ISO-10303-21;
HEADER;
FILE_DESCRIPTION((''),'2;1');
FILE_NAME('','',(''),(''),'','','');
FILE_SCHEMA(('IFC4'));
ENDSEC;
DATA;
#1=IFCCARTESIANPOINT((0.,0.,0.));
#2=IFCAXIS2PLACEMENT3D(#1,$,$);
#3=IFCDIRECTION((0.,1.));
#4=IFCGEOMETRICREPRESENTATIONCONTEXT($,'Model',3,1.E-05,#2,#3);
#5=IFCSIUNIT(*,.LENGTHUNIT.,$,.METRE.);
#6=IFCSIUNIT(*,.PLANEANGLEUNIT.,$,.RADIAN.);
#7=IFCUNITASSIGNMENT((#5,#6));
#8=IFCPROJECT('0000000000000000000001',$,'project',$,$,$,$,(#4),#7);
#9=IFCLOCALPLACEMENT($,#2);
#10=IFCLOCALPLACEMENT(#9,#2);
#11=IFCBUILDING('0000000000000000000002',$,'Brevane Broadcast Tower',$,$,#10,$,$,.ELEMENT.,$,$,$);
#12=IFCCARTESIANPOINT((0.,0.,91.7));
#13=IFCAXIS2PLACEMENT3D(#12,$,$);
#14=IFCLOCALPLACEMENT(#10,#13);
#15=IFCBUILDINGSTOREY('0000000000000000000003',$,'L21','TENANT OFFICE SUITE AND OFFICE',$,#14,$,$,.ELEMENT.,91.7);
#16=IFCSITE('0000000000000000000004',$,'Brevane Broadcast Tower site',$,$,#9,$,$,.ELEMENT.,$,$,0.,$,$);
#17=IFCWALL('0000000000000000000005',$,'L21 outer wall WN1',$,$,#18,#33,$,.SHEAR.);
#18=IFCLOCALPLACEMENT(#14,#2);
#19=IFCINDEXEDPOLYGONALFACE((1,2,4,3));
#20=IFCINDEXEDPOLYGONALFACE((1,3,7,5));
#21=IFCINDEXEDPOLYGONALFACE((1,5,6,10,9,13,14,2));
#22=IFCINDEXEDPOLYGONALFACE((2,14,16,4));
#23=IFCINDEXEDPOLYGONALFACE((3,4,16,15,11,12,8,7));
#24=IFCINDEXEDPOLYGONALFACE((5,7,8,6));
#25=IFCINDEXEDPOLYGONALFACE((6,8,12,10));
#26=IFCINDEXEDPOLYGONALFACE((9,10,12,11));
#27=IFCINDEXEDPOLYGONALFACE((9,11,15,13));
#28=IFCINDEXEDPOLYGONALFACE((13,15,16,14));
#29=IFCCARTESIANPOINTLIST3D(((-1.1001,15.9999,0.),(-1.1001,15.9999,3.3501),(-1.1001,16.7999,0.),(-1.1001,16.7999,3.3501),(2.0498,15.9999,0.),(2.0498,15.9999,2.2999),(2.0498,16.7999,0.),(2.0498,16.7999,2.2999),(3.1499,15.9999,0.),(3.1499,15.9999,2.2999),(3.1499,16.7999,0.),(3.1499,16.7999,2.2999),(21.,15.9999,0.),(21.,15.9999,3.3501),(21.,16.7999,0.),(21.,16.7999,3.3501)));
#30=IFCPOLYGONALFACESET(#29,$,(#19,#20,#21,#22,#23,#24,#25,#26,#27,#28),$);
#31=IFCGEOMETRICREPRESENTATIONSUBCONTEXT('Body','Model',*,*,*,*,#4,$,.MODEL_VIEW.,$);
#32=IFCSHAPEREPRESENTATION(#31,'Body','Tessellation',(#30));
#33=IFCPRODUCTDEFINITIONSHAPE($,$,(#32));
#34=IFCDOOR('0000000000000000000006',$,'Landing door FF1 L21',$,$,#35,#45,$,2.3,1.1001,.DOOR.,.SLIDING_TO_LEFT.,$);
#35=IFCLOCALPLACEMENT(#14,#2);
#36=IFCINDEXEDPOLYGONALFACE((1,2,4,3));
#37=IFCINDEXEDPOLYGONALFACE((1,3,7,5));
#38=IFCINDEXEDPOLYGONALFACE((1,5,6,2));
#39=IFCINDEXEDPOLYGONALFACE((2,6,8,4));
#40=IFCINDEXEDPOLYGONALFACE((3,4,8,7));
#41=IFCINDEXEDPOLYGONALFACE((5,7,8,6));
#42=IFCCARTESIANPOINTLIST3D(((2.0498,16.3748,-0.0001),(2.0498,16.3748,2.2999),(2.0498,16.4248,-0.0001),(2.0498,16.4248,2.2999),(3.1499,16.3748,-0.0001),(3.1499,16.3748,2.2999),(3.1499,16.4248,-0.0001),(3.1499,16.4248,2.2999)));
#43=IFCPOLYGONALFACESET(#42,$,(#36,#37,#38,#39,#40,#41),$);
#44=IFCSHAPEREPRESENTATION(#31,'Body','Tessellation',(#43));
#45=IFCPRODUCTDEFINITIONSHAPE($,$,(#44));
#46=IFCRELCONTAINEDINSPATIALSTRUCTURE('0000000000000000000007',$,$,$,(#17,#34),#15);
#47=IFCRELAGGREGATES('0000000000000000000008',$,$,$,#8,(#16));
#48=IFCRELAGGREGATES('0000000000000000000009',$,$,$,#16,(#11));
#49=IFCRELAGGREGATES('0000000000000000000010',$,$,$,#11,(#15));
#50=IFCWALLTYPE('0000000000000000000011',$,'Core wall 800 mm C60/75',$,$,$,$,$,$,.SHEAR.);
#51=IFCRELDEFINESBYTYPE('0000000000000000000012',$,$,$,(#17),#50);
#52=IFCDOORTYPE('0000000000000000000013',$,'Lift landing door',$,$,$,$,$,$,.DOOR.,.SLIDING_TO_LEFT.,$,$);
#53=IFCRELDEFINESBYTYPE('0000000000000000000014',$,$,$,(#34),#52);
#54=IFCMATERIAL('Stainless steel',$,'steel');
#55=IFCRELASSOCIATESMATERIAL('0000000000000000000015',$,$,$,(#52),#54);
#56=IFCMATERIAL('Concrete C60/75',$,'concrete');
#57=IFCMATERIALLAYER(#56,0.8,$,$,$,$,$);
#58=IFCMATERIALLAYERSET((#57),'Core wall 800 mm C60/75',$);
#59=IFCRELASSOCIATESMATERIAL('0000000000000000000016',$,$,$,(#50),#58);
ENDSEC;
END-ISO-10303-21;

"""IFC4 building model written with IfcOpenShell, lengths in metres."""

from ifc_helpers import new_model, si_unit, direction, frame, frame_2d, origin, place, context, subcontext, project, spatial, rectangle, extrude, material, layer, layer_set, type_object, element, fill, save


model = new_model("IFC4")

# Units and contexts
model_context = context("Model", 3, precision=1e-05, world=origin(), true_north=direction((0.0, 1.0)))
body_context = subcontext(model_context, "Body", "Model", "MODEL_VIEW")
ifc_project = project(units=[si_unit("LENGTHUNIT", "METRE"), si_unit("PLANEANGLEUNIT", "RADIAN")], contexts=[model_context])

# Site, building, storey
site_placement = place(None, origin())
site = spatial("IfcSite", under=ifc_project, at=site_placement, Name="Brevane Broadcast Tower site", CompositionType="ELEMENT", RefElevation=0.0)
building_placement = place(site_placement, origin())
building = spatial("IfcBuilding", under=site, at=building_placement, Name="Brevane Broadcast Tower", CompositionType="ELEMENT")
storey_placement = place(building_placement, frame((0.0, 0.0, 91.7)))
storey = spatial("IfcBuildingStorey", under=building, at=storey_placement, Name="L21", Description="TENANT OFFICE SUITE AND OFFICE", CompositionType="ELEMENT", Elevation=91.7)

# Shared definitions
ifc_material_1 = material(Name="Concrete C60/75", Category="concrete")
ifc_material_2 = material(Name="Stainless steel", Category="steel")
door_type = type_object("IfcDoorType", Name="Lift landing door", OperationType="SLIDING_TO_LEFT", PredefinedType="DOOR", material=ifc_material_2)

# Wall, opening, door
ifc_layer_1 = layer(ifc_material_1, 0.8)
ifc_layer_set_1 = layer_set([ifc_layer_1], Name="Core wall 800 mm C60/75")
wall_type_1 = type_object("IfcWallType", Name="Core wall 800 mm C60/75", PredefinedType="SHEAR", material=ifc_layer_set_1)
wall_1_placement = place(storey_placement, frame((-1.1001, 16.3999, 0.0), z_axis=(0.0, 0.0, 1.0), x_axis=(1.0, 0.0, 0.0)))
wall_1 = element("IfcWall", 1, at=wall_1_placement, inside=storey, type_object=wall_type_1, Name="L21 outer wall WN1", PredefinedType="SHEAR", context=body_context, shape_type="SweptSolid", body=[
    extrude(rectangle(XDim=22.1001, YDim=0.8, at=frame_2d((11.05, 0.0))), origin(), (0.0, 0.0, 1.0), 3.3501),
])
opening_1_placement = place(wall_1_placement, frame((3.1499, 0.0, 0.0)))
opening_1 = element("IfcOpeningElement", 2, at=opening_1_placement, cuts=wall_1, PredefinedType="OPENING", context=body_context, shape_type="SweptSolid", body=[
    extrude(rectangle(XDim=1.1001, YDim=2.3, at=frame_2d((0.55, 1.1499))), frame((0.0, 0.4099, 0.0), z_axis=(0.0, -1.0, 0.0), x_axis=(1.0, 0.0, 0.0)), (0.0, 0.0, 1.0), 0.8201),
])
door_1_placement = place(opening_1_placement, origin())
door_1 = element("IfcDoor", 3, at=door_1_placement, inside=storey, type_object=door_type, Name="Landing door FF1 L21", OperationType="SLIDING_TO_LEFT", OverallHeight=2.3, OverallWidth=1.1001, PredefinedType="DOOR", context=body_context, shape_type="SweptSolid", body=[
    extrude(rectangle(XDim=1.1001, YDim=2.3, at=frame_2d((0.55, 1.1499))), frame((0.0, 0.0249, 0.0), z_axis=(0.0, -1.0, 0.0), x_axis=(1.0, 0.0, 0.0)), (0.0, 0.0, 1.0), 0.05),
])
fill(opening_1, door_1)

save(model, "model.ifc")
